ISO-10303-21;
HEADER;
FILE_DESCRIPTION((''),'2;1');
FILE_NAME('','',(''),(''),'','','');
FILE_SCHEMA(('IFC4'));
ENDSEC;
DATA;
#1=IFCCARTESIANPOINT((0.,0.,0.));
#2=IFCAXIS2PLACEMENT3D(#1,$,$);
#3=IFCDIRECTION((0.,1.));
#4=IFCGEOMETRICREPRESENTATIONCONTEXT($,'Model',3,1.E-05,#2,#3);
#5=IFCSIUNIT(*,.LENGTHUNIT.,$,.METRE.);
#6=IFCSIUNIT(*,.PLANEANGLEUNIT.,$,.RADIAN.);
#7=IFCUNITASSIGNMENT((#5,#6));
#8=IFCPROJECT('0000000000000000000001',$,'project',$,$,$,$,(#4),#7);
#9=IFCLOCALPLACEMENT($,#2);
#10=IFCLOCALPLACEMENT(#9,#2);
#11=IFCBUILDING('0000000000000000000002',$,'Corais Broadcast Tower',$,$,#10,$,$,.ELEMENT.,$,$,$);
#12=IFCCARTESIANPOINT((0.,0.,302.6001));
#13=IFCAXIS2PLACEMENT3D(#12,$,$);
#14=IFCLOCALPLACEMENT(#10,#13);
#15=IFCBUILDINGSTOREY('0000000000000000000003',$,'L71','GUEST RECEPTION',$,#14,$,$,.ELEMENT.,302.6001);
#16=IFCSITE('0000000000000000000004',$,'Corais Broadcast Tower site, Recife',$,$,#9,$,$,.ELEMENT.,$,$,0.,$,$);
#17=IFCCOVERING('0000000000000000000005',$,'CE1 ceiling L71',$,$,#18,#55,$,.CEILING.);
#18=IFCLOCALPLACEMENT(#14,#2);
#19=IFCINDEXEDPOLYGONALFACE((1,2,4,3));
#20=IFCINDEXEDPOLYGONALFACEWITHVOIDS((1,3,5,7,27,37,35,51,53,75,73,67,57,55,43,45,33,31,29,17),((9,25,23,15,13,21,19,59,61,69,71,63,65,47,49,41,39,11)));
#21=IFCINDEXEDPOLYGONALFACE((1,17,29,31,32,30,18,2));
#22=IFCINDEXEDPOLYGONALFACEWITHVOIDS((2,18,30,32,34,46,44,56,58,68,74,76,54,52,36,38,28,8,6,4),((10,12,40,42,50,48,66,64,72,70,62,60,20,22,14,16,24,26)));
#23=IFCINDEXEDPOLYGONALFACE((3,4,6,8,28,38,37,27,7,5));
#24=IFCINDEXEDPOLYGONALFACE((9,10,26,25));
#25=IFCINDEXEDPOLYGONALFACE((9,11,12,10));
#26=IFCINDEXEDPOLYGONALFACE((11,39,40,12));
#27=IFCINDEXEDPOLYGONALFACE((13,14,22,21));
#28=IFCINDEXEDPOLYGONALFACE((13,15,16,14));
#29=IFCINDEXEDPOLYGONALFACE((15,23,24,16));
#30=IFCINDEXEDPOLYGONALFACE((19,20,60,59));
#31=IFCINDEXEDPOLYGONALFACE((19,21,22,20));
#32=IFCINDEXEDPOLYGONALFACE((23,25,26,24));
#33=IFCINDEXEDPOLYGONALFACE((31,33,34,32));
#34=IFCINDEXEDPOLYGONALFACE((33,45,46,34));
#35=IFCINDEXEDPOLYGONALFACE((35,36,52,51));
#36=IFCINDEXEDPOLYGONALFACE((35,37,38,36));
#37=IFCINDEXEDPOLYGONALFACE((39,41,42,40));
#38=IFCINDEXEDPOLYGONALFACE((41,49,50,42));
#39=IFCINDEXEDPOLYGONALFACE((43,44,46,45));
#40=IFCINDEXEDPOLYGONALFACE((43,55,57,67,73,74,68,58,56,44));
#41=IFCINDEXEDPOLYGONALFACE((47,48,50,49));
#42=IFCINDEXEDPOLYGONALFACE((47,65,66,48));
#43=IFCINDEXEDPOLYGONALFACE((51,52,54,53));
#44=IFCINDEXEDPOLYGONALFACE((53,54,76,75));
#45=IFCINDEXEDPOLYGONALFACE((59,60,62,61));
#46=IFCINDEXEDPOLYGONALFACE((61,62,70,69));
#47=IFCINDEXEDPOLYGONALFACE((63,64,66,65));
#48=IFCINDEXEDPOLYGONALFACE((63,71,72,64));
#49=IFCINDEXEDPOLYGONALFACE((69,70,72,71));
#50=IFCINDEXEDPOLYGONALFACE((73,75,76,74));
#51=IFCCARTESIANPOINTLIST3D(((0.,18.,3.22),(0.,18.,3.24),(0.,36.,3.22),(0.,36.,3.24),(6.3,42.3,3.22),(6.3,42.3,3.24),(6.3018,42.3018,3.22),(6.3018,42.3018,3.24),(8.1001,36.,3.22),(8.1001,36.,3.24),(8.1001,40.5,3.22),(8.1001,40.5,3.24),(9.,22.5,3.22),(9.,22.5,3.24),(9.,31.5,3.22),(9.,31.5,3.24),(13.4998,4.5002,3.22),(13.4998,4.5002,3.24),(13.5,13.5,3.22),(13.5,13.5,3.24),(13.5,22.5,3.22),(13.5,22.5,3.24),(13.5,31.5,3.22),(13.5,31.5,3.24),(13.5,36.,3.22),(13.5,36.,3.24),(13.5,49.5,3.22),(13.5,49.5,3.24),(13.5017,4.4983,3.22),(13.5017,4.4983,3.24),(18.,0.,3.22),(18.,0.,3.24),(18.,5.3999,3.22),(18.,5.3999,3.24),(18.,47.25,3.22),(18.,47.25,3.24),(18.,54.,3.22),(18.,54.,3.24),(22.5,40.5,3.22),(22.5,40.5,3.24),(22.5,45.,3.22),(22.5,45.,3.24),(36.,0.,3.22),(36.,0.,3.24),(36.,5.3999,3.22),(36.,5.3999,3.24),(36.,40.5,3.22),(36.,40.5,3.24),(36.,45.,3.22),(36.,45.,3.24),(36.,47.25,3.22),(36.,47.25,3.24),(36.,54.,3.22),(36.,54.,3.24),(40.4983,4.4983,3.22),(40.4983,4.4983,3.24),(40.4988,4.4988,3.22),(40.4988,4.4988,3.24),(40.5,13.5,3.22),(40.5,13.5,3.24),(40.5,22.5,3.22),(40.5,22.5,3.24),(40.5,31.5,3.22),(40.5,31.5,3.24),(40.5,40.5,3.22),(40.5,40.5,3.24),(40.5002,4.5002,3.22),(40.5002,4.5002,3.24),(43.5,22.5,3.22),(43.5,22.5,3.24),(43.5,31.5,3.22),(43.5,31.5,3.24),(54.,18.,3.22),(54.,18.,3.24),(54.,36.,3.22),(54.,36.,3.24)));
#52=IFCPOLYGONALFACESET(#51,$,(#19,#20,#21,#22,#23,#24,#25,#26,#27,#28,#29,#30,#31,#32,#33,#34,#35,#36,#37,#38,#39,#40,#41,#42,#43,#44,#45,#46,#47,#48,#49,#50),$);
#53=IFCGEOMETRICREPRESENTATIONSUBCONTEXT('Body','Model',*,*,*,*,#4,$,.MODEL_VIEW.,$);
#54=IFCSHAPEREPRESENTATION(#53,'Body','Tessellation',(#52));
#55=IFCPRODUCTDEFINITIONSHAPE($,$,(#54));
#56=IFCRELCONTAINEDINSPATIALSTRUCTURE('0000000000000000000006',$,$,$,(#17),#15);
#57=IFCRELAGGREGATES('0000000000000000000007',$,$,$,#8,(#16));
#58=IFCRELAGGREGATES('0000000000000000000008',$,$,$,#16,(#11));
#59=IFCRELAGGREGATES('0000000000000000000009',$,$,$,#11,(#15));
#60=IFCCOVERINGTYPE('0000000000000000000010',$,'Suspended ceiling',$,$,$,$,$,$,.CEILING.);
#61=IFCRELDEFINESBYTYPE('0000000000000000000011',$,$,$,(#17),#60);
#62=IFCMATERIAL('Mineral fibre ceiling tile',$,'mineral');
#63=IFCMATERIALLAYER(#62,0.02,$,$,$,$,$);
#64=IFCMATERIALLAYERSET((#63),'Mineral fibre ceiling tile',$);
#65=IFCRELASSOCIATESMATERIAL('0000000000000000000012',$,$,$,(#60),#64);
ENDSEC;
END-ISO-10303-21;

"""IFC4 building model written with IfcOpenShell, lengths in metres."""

from ifc_helpers import new_model, si_unit, direction, frame, origin, place, context, subcontext, project, spatial, polyline, outline, extrude, material, layer, layer_set, type_object, element, save


model = new_model("IFC4")

# Units and contexts
model_context = context("Model", 3, precision=1e-05, world=origin(), true_north=direction((0.0, 1.0)))
body_context = subcontext(model_context, "Body", "Model", "MODEL_VIEW")
ifc_project = project(units=[si_unit("LENGTHUNIT", "METRE"), si_unit("PLANEANGLEUNIT", "RADIAN")], contexts=[model_context])

# Site, building, storey
site_placement = place(None, origin())
site = spatial("IfcSite", under=ifc_project, at=site_placement, Name="Corais Broadcast Tower site, Recife", CompositionType="ELEMENT", RefElevation=0.0)
building_placement = place(site_placement, origin())
building = spatial("IfcBuilding", under=site, at=building_placement, Name="Corais Broadcast Tower", CompositionType="ELEMENT")
storey_placement = place(building_placement, frame((0.0, 0.0, 302.6001)))
storey = spatial("IfcBuildingStorey", under=building, at=storey_placement, Name="L71", Description="GUEST RECEPTION", CompositionType="ELEMENT", Elevation=302.6001)

# Covering
ifc_material_1 = material(Name="Mineral fibre ceiling tile", Category="mineral")
ifc_layer_1 = layer(ifc_material_1, 0.02)
ifc_layer_set_1 = layer_set([ifc_layer_1], Name="Mineral fibre ceiling tile")
covering_type_1 = type_object("IfcCoveringType", Name="Suspended ceiling", PredefinedType="CEILING", material=ifc_layer_set_1)
covering_1_placement = place(storey_placement, frame((0.0, 0.0, 3.22)))
element("IfcCovering", 1, at=covering_1_placement, inside=storey, type_object=covering_type_1, Name="CE1 ceiling L71", PredefinedType="CEILING", context=body_context, shape_type="SweptSolid", body=[
    extrude(outline(polyline([(6.3, 42.3), (6.3018, 42.3018), (13.5, 49.5), (18.0, 54.0), (18.0, 47.25), (36.0, 47.25), (36.0, 54.0), (54.0, 36.0), (54.0, 18.0), (40.5002, 4.5002), (40.4988, 4.4988), (40.4983, 4.4983), (36.0, 0.0), (36.0, 5.3999), (18.0, 5.3999), (18.0, 0.0), (13.5017, 4.4983), (13.4998, 4.5002), (0.0, 18.0), (0.0, 36.0), (6.3, 42.3)]), holes=[polyline([(43.5, 31.5), (40.5, 31.5), (40.5, 40.5), (36.0, 40.5), (36.0, 45.0), (22.5, 45.0), (22.5, 40.5), (8.1001, 40.5), (8.1001, 36.0), (13.5, 36.0), (13.5, 31.5), (9.0, 31.5), (9.0, 22.5), (13.5, 22.5), (13.5, 13.5), (40.5, 13.5), (40.5, 22.5), (43.5, 22.5), (43.5, 31.5)])]), origin(), (0.0, 0.0, 1.0), 0.02),
])

save(model, "model.ifc")
